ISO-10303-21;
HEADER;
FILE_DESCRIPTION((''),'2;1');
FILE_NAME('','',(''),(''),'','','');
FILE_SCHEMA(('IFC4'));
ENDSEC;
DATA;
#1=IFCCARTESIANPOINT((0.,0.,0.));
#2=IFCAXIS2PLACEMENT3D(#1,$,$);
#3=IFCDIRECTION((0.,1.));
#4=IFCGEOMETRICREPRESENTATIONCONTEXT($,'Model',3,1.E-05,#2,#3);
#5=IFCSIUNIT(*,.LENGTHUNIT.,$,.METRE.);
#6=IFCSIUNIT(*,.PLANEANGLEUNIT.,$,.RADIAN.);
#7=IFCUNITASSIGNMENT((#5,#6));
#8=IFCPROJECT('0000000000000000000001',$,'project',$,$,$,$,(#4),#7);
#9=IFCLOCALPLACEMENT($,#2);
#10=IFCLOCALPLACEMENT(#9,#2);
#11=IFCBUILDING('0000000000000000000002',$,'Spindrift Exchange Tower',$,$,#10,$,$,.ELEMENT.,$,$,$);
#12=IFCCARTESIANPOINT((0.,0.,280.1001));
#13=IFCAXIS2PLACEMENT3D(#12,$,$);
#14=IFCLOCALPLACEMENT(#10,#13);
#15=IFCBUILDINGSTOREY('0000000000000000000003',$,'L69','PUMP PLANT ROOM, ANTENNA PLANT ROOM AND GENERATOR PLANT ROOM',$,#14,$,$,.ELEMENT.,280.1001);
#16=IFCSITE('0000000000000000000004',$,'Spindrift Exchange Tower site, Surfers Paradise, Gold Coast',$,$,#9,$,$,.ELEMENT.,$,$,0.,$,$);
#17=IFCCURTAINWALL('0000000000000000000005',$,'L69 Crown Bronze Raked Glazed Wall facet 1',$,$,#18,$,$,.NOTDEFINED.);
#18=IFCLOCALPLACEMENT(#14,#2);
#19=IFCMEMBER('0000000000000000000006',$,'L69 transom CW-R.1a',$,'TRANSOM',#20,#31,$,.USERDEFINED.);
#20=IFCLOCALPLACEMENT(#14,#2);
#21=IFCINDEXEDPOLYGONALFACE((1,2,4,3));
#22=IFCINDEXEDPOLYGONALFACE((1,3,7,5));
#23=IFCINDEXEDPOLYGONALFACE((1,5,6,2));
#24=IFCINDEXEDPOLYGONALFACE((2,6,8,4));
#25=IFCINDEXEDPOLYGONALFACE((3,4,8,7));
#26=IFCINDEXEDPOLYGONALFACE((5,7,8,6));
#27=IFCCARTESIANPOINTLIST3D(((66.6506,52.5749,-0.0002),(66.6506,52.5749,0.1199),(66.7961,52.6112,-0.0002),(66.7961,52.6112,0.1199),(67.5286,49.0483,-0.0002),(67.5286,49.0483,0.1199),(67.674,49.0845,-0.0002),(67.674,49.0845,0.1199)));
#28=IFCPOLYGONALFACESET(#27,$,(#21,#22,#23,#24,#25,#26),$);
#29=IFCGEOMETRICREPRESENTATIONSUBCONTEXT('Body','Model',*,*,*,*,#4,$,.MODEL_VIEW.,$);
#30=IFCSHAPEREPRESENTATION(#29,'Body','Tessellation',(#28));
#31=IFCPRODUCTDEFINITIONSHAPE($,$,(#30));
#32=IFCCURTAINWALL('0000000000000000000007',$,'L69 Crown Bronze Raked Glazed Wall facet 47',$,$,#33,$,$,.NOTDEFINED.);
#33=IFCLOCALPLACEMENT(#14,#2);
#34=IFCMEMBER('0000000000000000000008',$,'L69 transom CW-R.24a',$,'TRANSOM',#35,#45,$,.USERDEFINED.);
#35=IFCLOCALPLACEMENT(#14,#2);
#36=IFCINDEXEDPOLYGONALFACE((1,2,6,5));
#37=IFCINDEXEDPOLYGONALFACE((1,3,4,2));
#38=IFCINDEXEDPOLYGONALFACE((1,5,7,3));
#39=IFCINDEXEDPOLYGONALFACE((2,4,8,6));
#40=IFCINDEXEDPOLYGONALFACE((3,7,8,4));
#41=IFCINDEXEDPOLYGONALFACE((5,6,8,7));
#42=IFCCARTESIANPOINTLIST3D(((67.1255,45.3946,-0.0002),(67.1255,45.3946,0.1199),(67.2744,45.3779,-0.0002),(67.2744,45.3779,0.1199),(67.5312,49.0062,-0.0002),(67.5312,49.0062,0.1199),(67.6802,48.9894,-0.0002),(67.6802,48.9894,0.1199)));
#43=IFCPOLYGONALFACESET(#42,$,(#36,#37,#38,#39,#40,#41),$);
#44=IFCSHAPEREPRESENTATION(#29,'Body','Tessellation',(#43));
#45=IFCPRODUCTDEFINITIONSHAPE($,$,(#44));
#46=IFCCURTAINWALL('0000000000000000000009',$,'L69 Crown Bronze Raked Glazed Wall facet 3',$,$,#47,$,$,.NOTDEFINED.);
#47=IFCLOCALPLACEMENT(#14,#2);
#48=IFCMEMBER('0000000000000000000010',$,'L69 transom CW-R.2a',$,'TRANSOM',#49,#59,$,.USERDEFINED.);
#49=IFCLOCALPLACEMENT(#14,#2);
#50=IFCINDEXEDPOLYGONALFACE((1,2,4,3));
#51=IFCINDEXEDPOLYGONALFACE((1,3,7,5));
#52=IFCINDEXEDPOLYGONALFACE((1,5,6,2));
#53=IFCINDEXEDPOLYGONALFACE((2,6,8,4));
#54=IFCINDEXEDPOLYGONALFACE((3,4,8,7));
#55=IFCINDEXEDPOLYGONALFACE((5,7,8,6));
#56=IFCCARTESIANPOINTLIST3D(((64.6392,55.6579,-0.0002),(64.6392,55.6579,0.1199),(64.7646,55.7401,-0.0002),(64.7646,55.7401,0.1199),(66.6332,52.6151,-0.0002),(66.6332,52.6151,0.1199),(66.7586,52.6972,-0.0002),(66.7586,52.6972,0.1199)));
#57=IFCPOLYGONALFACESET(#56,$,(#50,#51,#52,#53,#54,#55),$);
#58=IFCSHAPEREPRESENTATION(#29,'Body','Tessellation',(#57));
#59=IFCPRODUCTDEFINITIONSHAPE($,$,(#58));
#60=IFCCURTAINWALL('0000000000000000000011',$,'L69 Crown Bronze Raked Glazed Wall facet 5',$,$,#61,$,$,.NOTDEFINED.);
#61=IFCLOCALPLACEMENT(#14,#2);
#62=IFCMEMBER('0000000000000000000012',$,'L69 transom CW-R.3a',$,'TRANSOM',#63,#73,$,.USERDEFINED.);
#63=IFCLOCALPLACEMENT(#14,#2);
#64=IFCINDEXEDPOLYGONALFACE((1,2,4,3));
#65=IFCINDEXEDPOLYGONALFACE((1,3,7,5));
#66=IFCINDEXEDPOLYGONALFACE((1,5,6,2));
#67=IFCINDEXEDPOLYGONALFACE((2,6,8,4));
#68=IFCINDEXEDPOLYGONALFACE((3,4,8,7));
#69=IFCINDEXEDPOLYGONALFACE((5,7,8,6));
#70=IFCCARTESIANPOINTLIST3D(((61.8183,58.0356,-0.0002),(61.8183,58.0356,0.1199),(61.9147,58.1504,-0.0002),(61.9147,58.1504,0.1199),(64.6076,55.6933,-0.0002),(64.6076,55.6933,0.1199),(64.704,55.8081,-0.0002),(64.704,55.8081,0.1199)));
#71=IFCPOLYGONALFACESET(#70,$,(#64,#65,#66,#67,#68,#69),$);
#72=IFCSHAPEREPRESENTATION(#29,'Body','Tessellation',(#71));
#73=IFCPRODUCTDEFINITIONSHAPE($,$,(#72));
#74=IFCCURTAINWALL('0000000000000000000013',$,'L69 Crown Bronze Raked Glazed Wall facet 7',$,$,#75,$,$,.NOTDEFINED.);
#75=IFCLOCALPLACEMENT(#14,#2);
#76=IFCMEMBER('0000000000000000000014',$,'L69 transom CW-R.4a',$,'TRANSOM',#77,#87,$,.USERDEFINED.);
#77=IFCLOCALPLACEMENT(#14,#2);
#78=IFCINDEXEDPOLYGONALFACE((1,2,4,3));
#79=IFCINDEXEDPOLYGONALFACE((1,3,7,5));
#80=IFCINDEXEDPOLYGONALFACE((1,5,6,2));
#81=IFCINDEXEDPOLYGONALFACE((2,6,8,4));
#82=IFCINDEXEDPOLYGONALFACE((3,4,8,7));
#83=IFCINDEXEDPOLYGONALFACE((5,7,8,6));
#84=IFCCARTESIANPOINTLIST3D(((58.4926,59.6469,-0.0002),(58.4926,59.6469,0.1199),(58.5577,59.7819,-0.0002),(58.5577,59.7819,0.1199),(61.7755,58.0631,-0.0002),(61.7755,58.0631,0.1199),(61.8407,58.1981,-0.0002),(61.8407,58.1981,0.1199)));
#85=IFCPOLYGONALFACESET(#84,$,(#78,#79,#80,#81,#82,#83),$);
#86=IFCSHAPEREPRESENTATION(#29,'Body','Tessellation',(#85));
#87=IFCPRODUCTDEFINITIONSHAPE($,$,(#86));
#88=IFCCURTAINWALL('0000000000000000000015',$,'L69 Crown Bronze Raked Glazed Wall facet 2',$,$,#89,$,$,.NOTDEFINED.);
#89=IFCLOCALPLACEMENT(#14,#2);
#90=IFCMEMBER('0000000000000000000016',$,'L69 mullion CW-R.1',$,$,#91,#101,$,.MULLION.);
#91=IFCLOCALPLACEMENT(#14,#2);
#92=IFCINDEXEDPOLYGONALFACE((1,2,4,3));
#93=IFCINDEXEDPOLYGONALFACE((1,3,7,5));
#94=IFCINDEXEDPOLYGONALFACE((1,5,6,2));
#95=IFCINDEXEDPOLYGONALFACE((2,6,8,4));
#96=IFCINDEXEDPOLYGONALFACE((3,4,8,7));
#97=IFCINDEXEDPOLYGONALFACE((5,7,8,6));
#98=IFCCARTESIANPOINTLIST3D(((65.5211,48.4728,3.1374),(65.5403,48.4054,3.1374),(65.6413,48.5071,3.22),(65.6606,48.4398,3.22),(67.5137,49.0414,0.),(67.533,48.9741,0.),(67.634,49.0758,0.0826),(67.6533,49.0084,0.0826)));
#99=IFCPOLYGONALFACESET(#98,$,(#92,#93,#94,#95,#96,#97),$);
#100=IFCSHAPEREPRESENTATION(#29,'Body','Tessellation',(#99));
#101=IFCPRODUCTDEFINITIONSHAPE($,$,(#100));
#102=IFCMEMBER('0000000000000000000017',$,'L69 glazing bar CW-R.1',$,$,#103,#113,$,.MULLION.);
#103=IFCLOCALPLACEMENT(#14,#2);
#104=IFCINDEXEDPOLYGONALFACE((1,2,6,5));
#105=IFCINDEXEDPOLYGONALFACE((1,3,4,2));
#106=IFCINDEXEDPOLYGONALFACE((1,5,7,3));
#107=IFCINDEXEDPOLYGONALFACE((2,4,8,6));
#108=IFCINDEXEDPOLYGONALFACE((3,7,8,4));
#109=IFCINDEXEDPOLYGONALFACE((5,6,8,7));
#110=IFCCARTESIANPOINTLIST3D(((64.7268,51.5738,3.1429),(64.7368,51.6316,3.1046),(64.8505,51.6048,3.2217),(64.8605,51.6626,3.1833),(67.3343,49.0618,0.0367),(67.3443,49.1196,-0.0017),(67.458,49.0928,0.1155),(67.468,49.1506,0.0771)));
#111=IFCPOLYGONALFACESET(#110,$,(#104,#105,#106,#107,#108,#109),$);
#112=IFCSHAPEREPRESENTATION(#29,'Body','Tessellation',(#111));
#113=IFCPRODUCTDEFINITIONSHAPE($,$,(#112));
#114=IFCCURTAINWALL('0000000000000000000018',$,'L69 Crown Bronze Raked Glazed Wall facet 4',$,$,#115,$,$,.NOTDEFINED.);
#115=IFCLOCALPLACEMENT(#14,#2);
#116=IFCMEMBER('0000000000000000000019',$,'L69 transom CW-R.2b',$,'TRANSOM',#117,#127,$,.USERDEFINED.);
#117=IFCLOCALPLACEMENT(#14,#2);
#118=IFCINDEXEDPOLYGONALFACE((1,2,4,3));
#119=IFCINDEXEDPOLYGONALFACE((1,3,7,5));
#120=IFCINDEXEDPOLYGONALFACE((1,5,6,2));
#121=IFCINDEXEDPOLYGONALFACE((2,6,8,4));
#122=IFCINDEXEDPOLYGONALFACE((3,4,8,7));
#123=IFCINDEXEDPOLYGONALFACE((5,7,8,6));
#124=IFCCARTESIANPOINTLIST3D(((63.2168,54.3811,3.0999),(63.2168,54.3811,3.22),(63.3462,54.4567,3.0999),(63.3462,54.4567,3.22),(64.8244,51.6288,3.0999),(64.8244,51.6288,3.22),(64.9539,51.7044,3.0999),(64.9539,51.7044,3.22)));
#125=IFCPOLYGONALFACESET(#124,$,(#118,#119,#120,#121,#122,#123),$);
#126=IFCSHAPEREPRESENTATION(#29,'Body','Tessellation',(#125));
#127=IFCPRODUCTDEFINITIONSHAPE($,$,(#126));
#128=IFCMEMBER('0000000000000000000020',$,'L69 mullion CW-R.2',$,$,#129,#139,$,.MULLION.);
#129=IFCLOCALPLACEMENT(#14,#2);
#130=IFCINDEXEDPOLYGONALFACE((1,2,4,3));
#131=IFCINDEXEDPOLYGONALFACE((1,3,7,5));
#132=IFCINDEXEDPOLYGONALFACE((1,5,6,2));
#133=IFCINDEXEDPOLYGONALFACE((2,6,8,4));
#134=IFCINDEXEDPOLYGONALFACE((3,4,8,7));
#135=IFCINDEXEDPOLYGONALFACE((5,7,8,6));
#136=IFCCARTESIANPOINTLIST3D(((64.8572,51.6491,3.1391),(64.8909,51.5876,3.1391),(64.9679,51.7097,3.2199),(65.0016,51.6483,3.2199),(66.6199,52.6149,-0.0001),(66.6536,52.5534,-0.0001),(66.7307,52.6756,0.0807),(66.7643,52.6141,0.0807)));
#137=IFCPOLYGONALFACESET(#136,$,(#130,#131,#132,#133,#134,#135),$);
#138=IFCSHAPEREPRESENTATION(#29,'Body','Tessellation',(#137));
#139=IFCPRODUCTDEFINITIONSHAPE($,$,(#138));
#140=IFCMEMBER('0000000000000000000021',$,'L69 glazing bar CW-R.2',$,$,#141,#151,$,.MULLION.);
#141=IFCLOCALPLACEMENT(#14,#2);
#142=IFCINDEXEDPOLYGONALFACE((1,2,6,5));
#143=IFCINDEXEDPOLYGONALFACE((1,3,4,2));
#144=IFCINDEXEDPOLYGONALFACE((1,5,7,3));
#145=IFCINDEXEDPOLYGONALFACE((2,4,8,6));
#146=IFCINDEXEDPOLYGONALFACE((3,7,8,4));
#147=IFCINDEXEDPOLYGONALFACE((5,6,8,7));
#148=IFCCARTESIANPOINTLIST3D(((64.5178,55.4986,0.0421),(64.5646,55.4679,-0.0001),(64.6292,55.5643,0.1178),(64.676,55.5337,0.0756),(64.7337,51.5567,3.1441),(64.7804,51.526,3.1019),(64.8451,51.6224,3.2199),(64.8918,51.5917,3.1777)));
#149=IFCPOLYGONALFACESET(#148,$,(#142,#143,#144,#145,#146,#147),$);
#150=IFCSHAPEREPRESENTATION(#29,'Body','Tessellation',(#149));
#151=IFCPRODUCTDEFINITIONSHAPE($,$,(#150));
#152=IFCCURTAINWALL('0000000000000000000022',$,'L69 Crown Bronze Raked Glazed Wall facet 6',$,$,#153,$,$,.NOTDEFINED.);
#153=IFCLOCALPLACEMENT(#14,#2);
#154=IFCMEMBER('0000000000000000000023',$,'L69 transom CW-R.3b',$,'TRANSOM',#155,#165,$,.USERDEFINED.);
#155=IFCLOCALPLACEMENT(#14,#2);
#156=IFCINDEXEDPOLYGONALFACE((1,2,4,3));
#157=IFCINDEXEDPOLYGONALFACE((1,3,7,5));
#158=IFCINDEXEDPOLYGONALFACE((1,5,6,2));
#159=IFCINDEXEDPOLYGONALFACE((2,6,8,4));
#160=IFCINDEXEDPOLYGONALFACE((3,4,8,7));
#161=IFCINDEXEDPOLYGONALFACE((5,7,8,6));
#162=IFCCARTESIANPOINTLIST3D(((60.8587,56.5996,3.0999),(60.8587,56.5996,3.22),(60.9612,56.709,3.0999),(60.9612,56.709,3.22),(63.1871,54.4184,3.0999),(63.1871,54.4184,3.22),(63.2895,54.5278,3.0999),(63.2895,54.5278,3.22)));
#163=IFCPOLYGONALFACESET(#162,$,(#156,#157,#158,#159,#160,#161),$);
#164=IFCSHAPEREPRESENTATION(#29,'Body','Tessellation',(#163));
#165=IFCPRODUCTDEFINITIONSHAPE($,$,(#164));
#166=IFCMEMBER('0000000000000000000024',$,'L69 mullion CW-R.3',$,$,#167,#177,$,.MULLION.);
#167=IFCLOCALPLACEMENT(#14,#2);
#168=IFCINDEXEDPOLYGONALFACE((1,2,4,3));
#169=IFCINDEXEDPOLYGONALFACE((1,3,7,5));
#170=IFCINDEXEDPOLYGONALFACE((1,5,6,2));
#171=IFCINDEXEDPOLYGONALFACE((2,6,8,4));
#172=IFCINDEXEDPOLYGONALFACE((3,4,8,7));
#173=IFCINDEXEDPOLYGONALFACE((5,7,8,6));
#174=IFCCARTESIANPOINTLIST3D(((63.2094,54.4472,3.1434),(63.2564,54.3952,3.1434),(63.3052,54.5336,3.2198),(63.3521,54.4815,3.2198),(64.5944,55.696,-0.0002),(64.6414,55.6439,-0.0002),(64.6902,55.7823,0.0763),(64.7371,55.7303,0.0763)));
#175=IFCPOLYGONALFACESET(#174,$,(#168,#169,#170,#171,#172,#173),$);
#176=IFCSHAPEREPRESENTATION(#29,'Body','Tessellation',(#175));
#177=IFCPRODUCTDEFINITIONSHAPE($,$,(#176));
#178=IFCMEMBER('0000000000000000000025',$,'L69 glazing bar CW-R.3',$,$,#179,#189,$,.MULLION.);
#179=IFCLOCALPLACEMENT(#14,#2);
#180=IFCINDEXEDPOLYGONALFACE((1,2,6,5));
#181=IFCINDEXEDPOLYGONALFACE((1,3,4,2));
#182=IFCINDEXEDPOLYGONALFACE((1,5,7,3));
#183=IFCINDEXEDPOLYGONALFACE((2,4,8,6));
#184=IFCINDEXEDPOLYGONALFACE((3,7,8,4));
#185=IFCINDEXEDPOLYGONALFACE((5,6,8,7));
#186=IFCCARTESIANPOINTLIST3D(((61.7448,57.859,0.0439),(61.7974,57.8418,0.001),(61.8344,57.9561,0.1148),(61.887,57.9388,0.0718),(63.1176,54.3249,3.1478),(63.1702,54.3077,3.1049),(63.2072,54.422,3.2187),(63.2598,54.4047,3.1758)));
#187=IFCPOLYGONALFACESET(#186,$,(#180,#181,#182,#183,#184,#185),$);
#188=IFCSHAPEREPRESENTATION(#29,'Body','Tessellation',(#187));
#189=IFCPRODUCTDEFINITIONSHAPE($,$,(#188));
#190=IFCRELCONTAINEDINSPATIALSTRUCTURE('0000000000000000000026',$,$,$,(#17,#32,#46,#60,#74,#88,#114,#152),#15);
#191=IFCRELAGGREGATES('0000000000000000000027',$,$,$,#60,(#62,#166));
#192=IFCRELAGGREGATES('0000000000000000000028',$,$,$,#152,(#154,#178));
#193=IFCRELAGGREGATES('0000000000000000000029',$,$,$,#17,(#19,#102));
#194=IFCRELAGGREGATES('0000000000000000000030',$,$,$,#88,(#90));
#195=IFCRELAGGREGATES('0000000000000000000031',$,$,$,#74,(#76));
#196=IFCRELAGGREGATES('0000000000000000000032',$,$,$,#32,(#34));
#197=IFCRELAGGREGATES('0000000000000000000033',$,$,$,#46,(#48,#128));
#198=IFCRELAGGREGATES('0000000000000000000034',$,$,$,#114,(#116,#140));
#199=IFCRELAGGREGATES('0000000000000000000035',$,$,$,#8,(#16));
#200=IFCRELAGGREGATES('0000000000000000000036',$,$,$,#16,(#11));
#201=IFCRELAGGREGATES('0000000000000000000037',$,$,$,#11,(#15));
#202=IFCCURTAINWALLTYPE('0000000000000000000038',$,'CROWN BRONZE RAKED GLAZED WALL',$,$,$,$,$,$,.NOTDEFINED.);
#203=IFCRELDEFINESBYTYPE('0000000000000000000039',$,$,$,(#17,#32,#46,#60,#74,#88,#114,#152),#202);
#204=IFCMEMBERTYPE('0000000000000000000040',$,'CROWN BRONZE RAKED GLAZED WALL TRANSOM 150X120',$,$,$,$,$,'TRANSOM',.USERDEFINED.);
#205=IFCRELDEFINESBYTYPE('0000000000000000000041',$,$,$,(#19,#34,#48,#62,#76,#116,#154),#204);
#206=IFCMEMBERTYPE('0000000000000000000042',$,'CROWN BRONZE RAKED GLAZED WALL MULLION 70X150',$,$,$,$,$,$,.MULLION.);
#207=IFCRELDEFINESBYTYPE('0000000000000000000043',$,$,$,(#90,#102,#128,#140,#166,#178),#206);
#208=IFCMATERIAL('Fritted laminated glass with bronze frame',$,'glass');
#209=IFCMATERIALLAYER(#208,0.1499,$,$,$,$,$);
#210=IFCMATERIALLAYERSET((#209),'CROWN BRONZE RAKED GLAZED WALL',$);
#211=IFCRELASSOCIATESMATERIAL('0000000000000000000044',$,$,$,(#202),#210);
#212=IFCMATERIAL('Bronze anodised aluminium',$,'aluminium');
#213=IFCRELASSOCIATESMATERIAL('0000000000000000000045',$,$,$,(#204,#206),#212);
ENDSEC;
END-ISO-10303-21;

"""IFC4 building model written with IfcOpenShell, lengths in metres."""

from ifc_helpers import new_model, si_unit, direction, frame, origin, origin_2d, place, context, subcontext, project, spatial, rectangle, extrude, source, transform, mapped, material, layer, layer_set, material_profile, profile_set, type_object, element, aggregate, save


model = new_model("IFC4")

# Units and contexts
model_context = context("Model", 3, precision=1e-05, world=origin(), true_north=direction((0.0, 1.0)))
body_context = subcontext(model_context, "Body", "Model", "MODEL_VIEW")
ifc_project = project(units=[si_unit("LENGTHUNIT", "METRE"), si_unit("PLANEANGLEUNIT", "RADIAN")], contexts=[model_context])

# Site, building, storey
site_placement = place(None, origin())
site = spatial("IfcSite", under=ifc_project, at=site_placement, Name="Spindrift Exchange Tower site, Surfers Paradise, Gold Coast", CompositionType="ELEMENT", RefElevation=0.0)
building_placement = place(site_placement, origin())
building = spatial("IfcBuilding", under=site, at=building_placement, Name="Spindrift Exchange Tower", CompositionType="ELEMENT")
storey_placement = place(building_placement, frame((0.0, 0.0, 280.1001)))
storey = spatial("IfcBuildingStorey", under=building, at=storey_placement, Name="L69", Description="PUMP PLANT ROOM, ANTENNA PLANT ROOM AND GENERATOR PLANT ROOM", CompositionType="ELEMENT", Elevation=280.1001)

# Curtain walls, members
ifc_material_1 = material(Name="Fritted laminated glass with bronze frame", Category="glass")
ifc_layer_1 = layer(ifc_material_1, 0.1499)
ifc_layer_set_1 = layer_set([ifc_layer_1], Name="CROWN BRONZE RAKED GLAZED WALL")
curtain_wall_type = type_object("IfcCurtainWallType", Name="CROWN BRONZE RAKED GLAZED WALL", PredefinedType="NOTDEFINED", material=ifc_layer_set_1)
curtain_wall_1_placement = place(storey_placement, origin())
curtain_wall_1 = element("IfcCurtainWall", 1, at=curtain_wall_1_placement, inside=storey, type_object=curtain_wall_type, Name="L69 Crown Bronze Raked Glazed Wall facet 1", PredefinedType="NOTDEFINED")
ifc_material_2 = material(Name="Bronze anodised aluminium", Category="aluminium")
ifc_material_profile_1 = material_profile(ifc_material_2, rectangle(XDim=0.1499, YDim=0.1201, at=origin_2d()), Name="CROWN BRONZE RAKED GLAZED WALL TRANSOM 150X120")
ifc_profile_set_1 = profile_set([ifc_material_profile_1], Name="Bronze anodised aluminium")
member_type_1 = type_object("IfcMemberType", Name="CROWN BRONZE RAKED GLAZED WALL TRANSOM 150X120", ElementType="TRANSOM", PredefinedType="USERDEFINED", material=ifc_profile_set_1)
shared_shape_1 = source(origin(), body_context, "Body", "SweptSolid", [
    extrude(rectangle(XDim=0.1499, YDim=0.1201, at=origin_2d()), origin(), (0.0, 0.0, 1.0), 3.6343),
])
member_1_placement = place(storey_placement, frame((67.6013, 49.0664, 0.0598), z_axis=(-0.241571, 0.970383, 0.0), x_axis=(-0.970383, -0.241571, 0.0)))
member_1 = element("IfcMember", 2, at=member_1_placement, type_object=member_type_1, Name="L69 transom CW-R.1a", ObjectType="TRANSOM", PredefinedType="USERDEFINED", context=body_context, shape_type="MappedRepresentation", body=[
    mapped(shared_shape_1, transform((0.0, 0.0, 0.0), scale=1.0)),
])
curtain_wall_2_placement = place(storey_placement, origin())
curtain_wall_2 = element("IfcCurtainWall", 3, at=curtain_wall_2_placement, inside=storey, type_object=curtain_wall_type, Name="L69 Crown Bronze Raked Glazed Wall facet 47", PredefinedType="NOTDEFINED")
member_2_placement = place(storey_placement, frame((67.6057, 48.9978, 0.0598), z_axis=(-0.111648, -0.993748, 0.0), x_axis=(0.993748, -0.111648, 0.0)))
member_2 = element("IfcMember", 4, at=member_2_placement, type_object=member_type_1, Name="L69 transom CW-R.24a", ObjectType="TRANSOM", PredefinedType="USERDEFINED", context=body_context, shape_type="MappedRepresentation", body=[
    mapped(shared_shape_1, transform((0.0, 0.0, 0.0), scale=1.0)),
])
curtain_wall_3_placement = place(storey_placement, origin())
curtain_wall_3 = element("IfcCurtainWall", 5, at=curtain_wall_3_placement, inside=storey, type_object=curtain_wall_type, Name="L69 Crown Bronze Raked Glazed Wall facet 3", PredefinedType="NOTDEFINED")
shared_shape_2 = source(origin(), body_context, "Body", "SweptSolid", [
    extrude(rectangle(XDim=0.1499, YDim=0.1201, at=origin_2d()), origin(), (0.0, 0.0, 1.0), 3.6379),
])
member_3_placement = place(storey_placement, frame((64.7019, 55.699, 0.0598), z_axis=(0.548101, -0.836412, 0.0), x_axis=(0.836412, 0.548101, 0.0)))
member_3 = element("IfcMember", 6, at=member_3_placement, type_object=member_type_1, Name="L69 transom CW-R.2a", ObjectType="TRANSOM", PredefinedType="USERDEFINED", context=body_context, shape_type="MappedRepresentation", body=[
    mapped(shared_shape_2, transform((0.0, 0.0, 0.0), scale=1.0)),
])
curtain_wall_4_placement = place(storey_placement, origin())
curtain_wall_4 = element("IfcCurtainWall", 7, at=curtain_wall_4_placement, inside=storey, type_object=curtain_wall_type, Name="L69 Crown Bronze Raked Glazed Wall facet 5", PredefinedType="NOTDEFINED")
shared_shape_3 = source(origin(), body_context, "Body", "SweptSolid", [
    extrude(rectangle(XDim=0.1499, YDim=0.1201, at=origin_2d()), origin(), (0.0, 0.0, 1.0), 3.6423),
])
member_4_placement = place(storey_placement, frame((61.8665, 58.093, 0.0598), z_axis=(0.765804, -0.643074, 0.0), x_axis=(0.643074, 0.765804, 0.0)))
member_4 = element("IfcMember", 8, at=member_4_placement, type_object=member_type_1, Name="L69 transom CW-R.3a", ObjectType="TRANSOM", PredefinedType="USERDEFINED", context=body_context, shape_type="MappedRepresentation", body=[
    mapped(shared_shape_3, transform((0.0, 0.0, 0.0), scale=1.0)),
])
curtain_wall_5_placement = place(storey_placement, origin())
curtain_wall_5 = element("IfcCurtainWall", 9, at=curtain_wall_5_placement, inside=storey, type_object=curtain_wall_type, Name="L69 Crown Bronze Raked Glazed Wall facet 7", PredefinedType="NOTDEFINED")
shared_shape_4 = source(origin(), body_context, "Body", "SweptSolid", [
    extrude(rectangle(XDim=0.1499, YDim=0.1201, at=origin_2d()), origin(), (0.0, 0.0, 1.0), 3.645),
])
member_5_placement = place(storey_placement, frame((61.8081, 58.1306, 0.0598), z_axis=(-0.900674, 0.434496, 0.0), x_axis=(-0.434496, -0.900674, 0.0)))
member_5 = element("IfcMember", 10, at=member_5_placement, type_object=member_type_1, Name="L69 transom CW-R.4a", ObjectType="TRANSOM", PredefinedType="USERDEFINED", context=body_context, shape_type="MappedRepresentation", body=[
    mapped(shared_shape_4, transform((0.0, 0.0, 0.0), scale=1.0)),
])
curtain_wall_6_placement = place(storey_placement, origin())
curtain_wall_6 = element("IfcCurtainWall", 11, at=curtain_wall_6_placement, inside=storey, type_object=curtain_wall_type, Name="L69 Crown Bronze Raked Glazed Wall facet 2", PredefinedType="NOTDEFINED")
ifc_material_profile_2 = material_profile(ifc_material_2, rectangle(XDim=0.0701, YDim=0.1499, at=origin_2d()), Name="CROWN BRONZE RAKED GLAZED WALL MULLION 70X150")
ifc_profile_set_2 = profile_set([ifc_material_profile_2], Name="Bronze anodised aluminium")
member_type_2 = type_object("IfcMemberType", Name="CROWN BRONZE RAKED GLAZED WALL MULLION 70X150", PredefinedType="MULLION", material=ifc_profile_set_2)
shared_shape_5 = source(origin(), body_context, "Body", "SweptSolid", [
    extrude(rectangle(XDim=0.0701, YDim=0.1499, at=origin_2d()), origin(), (0.0, 0.0, 1.0), 3.76),
])
member_6_placement = place(storey_placement, frame((67.5835, 49.0249, 0.0413), z_axis=(-0.529966, -0.151224, 0.834427), x_axis=(0.274394, -0.961617, 0.0)))
member_6 = element("IfcMember", 12, at=member_6_placement, type_object=member_type_2, Name="L69 mullion CW-R.1", PredefinedType="MULLION", context=body_context, shape_type="MappedRepresentation", body=[
    mapped(shared_shape_5, transform((0.0, 0.0, 0.0), scale=1.0)),
])

# Member
shared_shape_6 = source(origin(), body_context, "Body", "SweptSolid", [
    extrude(rectangle(XDim=0.0701, YDim=0.1499, at=origin_2d()), origin(), (0.0, 0.0, 1.0), 4.7705),
])
member_7_placement = place(storey_placement, frame((67.4011, 49.1062, 0.0569), z_axis=(-0.546579, 0.526568, 0.651135), x_axis=(-0.142275, -0.824649, 0.547459)))
member_7 = element("IfcMember", 13, at=member_7_placement, type_object=member_type_2, Name="L69 glazing bar CW-R.1", PredefinedType="MULLION", context=body_context, shape_type="MappedRepresentation", body=[
    mapped(shared_shape_6, transform((0.0, 0.0, 0.0), scale=1.0)),
])

# Curtain wall, member
curtain_wall_7_placement = place(storey_placement, origin())
curtain_wall_7 = element("IfcCurtainWall", 14, at=curtain_wall_7_placement, inside=storey, type_object=curtain_wall_type, Name="L69 Crown Bronze Raked Glazed Wall facet 4", PredefinedType="NOTDEFINED")
shared_shape_7 = source(origin(), body_context, "Body", "SweptSolid", [
    extrude(rectangle(XDim=0.1499, YDim=0.1201, at=origin_2d()), origin(), (0.0, 0.0, 1.0), 3.1875),
])
member_8_placement = place(storey_placement, frame((63.2815, 54.4189, 3.1599), z_axis=(0.504357, -0.863495, 0.0), x_axis=(0.863495, 0.504357, 0.0)))
member_8 = element("IfcMember", 15, at=member_8_placement, type_object=member_type_1, Name="L69 transom CW-R.2b", ObjectType="TRANSOM", PredefinedType="USERDEFINED", context=body_context, shape_type="MappedRepresentation", body=[
    mapped(shared_shape_7, transform((0.0, 0.0, 0.0), scale=1.0)),
])

# Members
shared_shape_8 = source(origin(), body_context, "Body", "SweptSolid", [
    extrude(rectangle(XDim=0.0701, YDim=0.1499, at=origin_2d()), origin(), (0.0, 0.0, 1.0), 3.7275),
])
member_9_placement = place(storey_placement, frame((66.6921, 52.6145, 0.0403), z_axis=(-0.47289, -0.259107, 0.842163), x_axis=(0.480519, -0.876984, 0.0)))
member_9 = element("IfcMember", 16, at=member_9_placement, type_object=member_type_2, Name="L69 mullion CW-R.2", PredefinedType="MULLION", context=body_context, shape_type="MappedRepresentation", body=[
    mapped(shared_shape_8, transform((0.0, 0.0, 0.0), scale=1.0)),
])
shared_shape_9 = source(origin(), body_context, "Body", "SweptSolid", [
    extrude(rectangle(XDim=0.0701, YDim=0.1499, at=origin_2d()), origin(), (0.0, 0.0, 1.0), 5.0208),
])
member_10_placement = place(storey_placement, frame((64.5969, 55.5161, 0.0588), z_axis=(0.042986, -0.785122, 0.617847), x_axis=(0.667749, -0.437422, -0.602307)))
member_10 = element("IfcMember", 17, at=member_10_placement, type_object=member_type_2, Name="L69 glazing bar CW-R.2", PredefinedType="MULLION", context=body_context, shape_type="MappedRepresentation", body=[
    mapped(shared_shape_9, transform((0.0, 0.0, 0.0), scale=1.0)),
])

# Curtain wall, member
curtain_wall_8_placement = place(storey_placement, origin())
curtain_wall_8 = element("IfcCurtainWall", 18, at=curtain_wall_8_placement, inside=storey, type_object=curtain_wall_type, Name="L69 Crown Bronze Raked Glazed Wall facet 6", PredefinedType="NOTDEFINED")
shared_shape_10 = source(origin(), body_context, "Body", "SweptSolid", [
    extrude(rectangle(XDim=0.1499, YDim=0.1201, at=origin_2d()), origin(), (0.0, 0.0, 1.0), 3.1904),
])
member_11_placement = place(storey_placement, frame((60.9099, 56.6543, 3.1599), z_axis=(0.729802, -0.683659, 0.0), x_axis=(0.683659, 0.729802, 0.0)))
member_11 = element("IfcMember", 19, at=member_11_placement, type_object=member_type_1, Name="L69 transom CW-R.3b", ObjectType="TRANSOM", PredefinedType="USERDEFINED", context=body_context, shape_type="MappedRepresentation", body=[
    mapped(shared_shape_10, transform((0.0, 0.0, 0.0), scale=1.0)),
])

# Members
shared_shape_11 = source(origin(), body_context, "Body", "SweptSolid", [
    extrude(rectangle(XDim=0.0701, YDim=0.1499, at=origin_2d()), origin(), (0.0, 0.0, 1.0), 3.655),
])
member_12_placement = place(storey_placement, frame((64.6658, 55.7131, 0.0381), z_axis=(-0.378927, -0.341655, 0.86005), x_axis=(0.669637, -0.742688, 0.0)))
member_12 = element("IfcMember", 20, at=member_12_placement, type_object=member_type_2, Name="L69 mullion CW-R.3", PredefinedType="MULLION", context=body_context, shape_type="MappedRepresentation", body=[
    mapped(shared_shape_11, transform((0.0, 0.0, 0.0), scale=1.0)),
])
shared_shape_12 = source(origin(), body_context, "Body", "SweptSolid", [
    extrude(rectangle(XDim=0.0701, YDim=0.1499, at=origin_2d()), origin(), (0.0, 0.0, 1.0), 4.8999),
])
member_13_placement = place(storey_placement, frame((61.8159, 57.8989, 0.0579), z_axis=(0.280165, -0.721263, 0.633472), x_axis=(0.751103, -0.246233, -0.612547)))
member_13 = element("IfcMember", 21, at=member_13_placement, type_object=member_type_2, Name="L69 glazing bar CW-R.3", PredefinedType="MULLION", context=body_context, shape_type="MappedRepresentation", body=[
    mapped(shared_shape_12, transform((0.0, 0.0, 0.0), scale=1.0)),
])

aggregate(curtain_wall_4, [member_4, member_12])
aggregate(curtain_wall_8, [member_11, member_13])
aggregate(curtain_wall_1, [member_1, member_7])
aggregate(curtain_wall_6, [member_6])
aggregate(curtain_wall_5, [member_5])
aggregate(curtain_wall_2, [member_2])

aggregate(curtain_wall_3, [member_3, member_9])
aggregate(curtain_wall_7, [member_8, member_10])

save(model, "model.ifc")
